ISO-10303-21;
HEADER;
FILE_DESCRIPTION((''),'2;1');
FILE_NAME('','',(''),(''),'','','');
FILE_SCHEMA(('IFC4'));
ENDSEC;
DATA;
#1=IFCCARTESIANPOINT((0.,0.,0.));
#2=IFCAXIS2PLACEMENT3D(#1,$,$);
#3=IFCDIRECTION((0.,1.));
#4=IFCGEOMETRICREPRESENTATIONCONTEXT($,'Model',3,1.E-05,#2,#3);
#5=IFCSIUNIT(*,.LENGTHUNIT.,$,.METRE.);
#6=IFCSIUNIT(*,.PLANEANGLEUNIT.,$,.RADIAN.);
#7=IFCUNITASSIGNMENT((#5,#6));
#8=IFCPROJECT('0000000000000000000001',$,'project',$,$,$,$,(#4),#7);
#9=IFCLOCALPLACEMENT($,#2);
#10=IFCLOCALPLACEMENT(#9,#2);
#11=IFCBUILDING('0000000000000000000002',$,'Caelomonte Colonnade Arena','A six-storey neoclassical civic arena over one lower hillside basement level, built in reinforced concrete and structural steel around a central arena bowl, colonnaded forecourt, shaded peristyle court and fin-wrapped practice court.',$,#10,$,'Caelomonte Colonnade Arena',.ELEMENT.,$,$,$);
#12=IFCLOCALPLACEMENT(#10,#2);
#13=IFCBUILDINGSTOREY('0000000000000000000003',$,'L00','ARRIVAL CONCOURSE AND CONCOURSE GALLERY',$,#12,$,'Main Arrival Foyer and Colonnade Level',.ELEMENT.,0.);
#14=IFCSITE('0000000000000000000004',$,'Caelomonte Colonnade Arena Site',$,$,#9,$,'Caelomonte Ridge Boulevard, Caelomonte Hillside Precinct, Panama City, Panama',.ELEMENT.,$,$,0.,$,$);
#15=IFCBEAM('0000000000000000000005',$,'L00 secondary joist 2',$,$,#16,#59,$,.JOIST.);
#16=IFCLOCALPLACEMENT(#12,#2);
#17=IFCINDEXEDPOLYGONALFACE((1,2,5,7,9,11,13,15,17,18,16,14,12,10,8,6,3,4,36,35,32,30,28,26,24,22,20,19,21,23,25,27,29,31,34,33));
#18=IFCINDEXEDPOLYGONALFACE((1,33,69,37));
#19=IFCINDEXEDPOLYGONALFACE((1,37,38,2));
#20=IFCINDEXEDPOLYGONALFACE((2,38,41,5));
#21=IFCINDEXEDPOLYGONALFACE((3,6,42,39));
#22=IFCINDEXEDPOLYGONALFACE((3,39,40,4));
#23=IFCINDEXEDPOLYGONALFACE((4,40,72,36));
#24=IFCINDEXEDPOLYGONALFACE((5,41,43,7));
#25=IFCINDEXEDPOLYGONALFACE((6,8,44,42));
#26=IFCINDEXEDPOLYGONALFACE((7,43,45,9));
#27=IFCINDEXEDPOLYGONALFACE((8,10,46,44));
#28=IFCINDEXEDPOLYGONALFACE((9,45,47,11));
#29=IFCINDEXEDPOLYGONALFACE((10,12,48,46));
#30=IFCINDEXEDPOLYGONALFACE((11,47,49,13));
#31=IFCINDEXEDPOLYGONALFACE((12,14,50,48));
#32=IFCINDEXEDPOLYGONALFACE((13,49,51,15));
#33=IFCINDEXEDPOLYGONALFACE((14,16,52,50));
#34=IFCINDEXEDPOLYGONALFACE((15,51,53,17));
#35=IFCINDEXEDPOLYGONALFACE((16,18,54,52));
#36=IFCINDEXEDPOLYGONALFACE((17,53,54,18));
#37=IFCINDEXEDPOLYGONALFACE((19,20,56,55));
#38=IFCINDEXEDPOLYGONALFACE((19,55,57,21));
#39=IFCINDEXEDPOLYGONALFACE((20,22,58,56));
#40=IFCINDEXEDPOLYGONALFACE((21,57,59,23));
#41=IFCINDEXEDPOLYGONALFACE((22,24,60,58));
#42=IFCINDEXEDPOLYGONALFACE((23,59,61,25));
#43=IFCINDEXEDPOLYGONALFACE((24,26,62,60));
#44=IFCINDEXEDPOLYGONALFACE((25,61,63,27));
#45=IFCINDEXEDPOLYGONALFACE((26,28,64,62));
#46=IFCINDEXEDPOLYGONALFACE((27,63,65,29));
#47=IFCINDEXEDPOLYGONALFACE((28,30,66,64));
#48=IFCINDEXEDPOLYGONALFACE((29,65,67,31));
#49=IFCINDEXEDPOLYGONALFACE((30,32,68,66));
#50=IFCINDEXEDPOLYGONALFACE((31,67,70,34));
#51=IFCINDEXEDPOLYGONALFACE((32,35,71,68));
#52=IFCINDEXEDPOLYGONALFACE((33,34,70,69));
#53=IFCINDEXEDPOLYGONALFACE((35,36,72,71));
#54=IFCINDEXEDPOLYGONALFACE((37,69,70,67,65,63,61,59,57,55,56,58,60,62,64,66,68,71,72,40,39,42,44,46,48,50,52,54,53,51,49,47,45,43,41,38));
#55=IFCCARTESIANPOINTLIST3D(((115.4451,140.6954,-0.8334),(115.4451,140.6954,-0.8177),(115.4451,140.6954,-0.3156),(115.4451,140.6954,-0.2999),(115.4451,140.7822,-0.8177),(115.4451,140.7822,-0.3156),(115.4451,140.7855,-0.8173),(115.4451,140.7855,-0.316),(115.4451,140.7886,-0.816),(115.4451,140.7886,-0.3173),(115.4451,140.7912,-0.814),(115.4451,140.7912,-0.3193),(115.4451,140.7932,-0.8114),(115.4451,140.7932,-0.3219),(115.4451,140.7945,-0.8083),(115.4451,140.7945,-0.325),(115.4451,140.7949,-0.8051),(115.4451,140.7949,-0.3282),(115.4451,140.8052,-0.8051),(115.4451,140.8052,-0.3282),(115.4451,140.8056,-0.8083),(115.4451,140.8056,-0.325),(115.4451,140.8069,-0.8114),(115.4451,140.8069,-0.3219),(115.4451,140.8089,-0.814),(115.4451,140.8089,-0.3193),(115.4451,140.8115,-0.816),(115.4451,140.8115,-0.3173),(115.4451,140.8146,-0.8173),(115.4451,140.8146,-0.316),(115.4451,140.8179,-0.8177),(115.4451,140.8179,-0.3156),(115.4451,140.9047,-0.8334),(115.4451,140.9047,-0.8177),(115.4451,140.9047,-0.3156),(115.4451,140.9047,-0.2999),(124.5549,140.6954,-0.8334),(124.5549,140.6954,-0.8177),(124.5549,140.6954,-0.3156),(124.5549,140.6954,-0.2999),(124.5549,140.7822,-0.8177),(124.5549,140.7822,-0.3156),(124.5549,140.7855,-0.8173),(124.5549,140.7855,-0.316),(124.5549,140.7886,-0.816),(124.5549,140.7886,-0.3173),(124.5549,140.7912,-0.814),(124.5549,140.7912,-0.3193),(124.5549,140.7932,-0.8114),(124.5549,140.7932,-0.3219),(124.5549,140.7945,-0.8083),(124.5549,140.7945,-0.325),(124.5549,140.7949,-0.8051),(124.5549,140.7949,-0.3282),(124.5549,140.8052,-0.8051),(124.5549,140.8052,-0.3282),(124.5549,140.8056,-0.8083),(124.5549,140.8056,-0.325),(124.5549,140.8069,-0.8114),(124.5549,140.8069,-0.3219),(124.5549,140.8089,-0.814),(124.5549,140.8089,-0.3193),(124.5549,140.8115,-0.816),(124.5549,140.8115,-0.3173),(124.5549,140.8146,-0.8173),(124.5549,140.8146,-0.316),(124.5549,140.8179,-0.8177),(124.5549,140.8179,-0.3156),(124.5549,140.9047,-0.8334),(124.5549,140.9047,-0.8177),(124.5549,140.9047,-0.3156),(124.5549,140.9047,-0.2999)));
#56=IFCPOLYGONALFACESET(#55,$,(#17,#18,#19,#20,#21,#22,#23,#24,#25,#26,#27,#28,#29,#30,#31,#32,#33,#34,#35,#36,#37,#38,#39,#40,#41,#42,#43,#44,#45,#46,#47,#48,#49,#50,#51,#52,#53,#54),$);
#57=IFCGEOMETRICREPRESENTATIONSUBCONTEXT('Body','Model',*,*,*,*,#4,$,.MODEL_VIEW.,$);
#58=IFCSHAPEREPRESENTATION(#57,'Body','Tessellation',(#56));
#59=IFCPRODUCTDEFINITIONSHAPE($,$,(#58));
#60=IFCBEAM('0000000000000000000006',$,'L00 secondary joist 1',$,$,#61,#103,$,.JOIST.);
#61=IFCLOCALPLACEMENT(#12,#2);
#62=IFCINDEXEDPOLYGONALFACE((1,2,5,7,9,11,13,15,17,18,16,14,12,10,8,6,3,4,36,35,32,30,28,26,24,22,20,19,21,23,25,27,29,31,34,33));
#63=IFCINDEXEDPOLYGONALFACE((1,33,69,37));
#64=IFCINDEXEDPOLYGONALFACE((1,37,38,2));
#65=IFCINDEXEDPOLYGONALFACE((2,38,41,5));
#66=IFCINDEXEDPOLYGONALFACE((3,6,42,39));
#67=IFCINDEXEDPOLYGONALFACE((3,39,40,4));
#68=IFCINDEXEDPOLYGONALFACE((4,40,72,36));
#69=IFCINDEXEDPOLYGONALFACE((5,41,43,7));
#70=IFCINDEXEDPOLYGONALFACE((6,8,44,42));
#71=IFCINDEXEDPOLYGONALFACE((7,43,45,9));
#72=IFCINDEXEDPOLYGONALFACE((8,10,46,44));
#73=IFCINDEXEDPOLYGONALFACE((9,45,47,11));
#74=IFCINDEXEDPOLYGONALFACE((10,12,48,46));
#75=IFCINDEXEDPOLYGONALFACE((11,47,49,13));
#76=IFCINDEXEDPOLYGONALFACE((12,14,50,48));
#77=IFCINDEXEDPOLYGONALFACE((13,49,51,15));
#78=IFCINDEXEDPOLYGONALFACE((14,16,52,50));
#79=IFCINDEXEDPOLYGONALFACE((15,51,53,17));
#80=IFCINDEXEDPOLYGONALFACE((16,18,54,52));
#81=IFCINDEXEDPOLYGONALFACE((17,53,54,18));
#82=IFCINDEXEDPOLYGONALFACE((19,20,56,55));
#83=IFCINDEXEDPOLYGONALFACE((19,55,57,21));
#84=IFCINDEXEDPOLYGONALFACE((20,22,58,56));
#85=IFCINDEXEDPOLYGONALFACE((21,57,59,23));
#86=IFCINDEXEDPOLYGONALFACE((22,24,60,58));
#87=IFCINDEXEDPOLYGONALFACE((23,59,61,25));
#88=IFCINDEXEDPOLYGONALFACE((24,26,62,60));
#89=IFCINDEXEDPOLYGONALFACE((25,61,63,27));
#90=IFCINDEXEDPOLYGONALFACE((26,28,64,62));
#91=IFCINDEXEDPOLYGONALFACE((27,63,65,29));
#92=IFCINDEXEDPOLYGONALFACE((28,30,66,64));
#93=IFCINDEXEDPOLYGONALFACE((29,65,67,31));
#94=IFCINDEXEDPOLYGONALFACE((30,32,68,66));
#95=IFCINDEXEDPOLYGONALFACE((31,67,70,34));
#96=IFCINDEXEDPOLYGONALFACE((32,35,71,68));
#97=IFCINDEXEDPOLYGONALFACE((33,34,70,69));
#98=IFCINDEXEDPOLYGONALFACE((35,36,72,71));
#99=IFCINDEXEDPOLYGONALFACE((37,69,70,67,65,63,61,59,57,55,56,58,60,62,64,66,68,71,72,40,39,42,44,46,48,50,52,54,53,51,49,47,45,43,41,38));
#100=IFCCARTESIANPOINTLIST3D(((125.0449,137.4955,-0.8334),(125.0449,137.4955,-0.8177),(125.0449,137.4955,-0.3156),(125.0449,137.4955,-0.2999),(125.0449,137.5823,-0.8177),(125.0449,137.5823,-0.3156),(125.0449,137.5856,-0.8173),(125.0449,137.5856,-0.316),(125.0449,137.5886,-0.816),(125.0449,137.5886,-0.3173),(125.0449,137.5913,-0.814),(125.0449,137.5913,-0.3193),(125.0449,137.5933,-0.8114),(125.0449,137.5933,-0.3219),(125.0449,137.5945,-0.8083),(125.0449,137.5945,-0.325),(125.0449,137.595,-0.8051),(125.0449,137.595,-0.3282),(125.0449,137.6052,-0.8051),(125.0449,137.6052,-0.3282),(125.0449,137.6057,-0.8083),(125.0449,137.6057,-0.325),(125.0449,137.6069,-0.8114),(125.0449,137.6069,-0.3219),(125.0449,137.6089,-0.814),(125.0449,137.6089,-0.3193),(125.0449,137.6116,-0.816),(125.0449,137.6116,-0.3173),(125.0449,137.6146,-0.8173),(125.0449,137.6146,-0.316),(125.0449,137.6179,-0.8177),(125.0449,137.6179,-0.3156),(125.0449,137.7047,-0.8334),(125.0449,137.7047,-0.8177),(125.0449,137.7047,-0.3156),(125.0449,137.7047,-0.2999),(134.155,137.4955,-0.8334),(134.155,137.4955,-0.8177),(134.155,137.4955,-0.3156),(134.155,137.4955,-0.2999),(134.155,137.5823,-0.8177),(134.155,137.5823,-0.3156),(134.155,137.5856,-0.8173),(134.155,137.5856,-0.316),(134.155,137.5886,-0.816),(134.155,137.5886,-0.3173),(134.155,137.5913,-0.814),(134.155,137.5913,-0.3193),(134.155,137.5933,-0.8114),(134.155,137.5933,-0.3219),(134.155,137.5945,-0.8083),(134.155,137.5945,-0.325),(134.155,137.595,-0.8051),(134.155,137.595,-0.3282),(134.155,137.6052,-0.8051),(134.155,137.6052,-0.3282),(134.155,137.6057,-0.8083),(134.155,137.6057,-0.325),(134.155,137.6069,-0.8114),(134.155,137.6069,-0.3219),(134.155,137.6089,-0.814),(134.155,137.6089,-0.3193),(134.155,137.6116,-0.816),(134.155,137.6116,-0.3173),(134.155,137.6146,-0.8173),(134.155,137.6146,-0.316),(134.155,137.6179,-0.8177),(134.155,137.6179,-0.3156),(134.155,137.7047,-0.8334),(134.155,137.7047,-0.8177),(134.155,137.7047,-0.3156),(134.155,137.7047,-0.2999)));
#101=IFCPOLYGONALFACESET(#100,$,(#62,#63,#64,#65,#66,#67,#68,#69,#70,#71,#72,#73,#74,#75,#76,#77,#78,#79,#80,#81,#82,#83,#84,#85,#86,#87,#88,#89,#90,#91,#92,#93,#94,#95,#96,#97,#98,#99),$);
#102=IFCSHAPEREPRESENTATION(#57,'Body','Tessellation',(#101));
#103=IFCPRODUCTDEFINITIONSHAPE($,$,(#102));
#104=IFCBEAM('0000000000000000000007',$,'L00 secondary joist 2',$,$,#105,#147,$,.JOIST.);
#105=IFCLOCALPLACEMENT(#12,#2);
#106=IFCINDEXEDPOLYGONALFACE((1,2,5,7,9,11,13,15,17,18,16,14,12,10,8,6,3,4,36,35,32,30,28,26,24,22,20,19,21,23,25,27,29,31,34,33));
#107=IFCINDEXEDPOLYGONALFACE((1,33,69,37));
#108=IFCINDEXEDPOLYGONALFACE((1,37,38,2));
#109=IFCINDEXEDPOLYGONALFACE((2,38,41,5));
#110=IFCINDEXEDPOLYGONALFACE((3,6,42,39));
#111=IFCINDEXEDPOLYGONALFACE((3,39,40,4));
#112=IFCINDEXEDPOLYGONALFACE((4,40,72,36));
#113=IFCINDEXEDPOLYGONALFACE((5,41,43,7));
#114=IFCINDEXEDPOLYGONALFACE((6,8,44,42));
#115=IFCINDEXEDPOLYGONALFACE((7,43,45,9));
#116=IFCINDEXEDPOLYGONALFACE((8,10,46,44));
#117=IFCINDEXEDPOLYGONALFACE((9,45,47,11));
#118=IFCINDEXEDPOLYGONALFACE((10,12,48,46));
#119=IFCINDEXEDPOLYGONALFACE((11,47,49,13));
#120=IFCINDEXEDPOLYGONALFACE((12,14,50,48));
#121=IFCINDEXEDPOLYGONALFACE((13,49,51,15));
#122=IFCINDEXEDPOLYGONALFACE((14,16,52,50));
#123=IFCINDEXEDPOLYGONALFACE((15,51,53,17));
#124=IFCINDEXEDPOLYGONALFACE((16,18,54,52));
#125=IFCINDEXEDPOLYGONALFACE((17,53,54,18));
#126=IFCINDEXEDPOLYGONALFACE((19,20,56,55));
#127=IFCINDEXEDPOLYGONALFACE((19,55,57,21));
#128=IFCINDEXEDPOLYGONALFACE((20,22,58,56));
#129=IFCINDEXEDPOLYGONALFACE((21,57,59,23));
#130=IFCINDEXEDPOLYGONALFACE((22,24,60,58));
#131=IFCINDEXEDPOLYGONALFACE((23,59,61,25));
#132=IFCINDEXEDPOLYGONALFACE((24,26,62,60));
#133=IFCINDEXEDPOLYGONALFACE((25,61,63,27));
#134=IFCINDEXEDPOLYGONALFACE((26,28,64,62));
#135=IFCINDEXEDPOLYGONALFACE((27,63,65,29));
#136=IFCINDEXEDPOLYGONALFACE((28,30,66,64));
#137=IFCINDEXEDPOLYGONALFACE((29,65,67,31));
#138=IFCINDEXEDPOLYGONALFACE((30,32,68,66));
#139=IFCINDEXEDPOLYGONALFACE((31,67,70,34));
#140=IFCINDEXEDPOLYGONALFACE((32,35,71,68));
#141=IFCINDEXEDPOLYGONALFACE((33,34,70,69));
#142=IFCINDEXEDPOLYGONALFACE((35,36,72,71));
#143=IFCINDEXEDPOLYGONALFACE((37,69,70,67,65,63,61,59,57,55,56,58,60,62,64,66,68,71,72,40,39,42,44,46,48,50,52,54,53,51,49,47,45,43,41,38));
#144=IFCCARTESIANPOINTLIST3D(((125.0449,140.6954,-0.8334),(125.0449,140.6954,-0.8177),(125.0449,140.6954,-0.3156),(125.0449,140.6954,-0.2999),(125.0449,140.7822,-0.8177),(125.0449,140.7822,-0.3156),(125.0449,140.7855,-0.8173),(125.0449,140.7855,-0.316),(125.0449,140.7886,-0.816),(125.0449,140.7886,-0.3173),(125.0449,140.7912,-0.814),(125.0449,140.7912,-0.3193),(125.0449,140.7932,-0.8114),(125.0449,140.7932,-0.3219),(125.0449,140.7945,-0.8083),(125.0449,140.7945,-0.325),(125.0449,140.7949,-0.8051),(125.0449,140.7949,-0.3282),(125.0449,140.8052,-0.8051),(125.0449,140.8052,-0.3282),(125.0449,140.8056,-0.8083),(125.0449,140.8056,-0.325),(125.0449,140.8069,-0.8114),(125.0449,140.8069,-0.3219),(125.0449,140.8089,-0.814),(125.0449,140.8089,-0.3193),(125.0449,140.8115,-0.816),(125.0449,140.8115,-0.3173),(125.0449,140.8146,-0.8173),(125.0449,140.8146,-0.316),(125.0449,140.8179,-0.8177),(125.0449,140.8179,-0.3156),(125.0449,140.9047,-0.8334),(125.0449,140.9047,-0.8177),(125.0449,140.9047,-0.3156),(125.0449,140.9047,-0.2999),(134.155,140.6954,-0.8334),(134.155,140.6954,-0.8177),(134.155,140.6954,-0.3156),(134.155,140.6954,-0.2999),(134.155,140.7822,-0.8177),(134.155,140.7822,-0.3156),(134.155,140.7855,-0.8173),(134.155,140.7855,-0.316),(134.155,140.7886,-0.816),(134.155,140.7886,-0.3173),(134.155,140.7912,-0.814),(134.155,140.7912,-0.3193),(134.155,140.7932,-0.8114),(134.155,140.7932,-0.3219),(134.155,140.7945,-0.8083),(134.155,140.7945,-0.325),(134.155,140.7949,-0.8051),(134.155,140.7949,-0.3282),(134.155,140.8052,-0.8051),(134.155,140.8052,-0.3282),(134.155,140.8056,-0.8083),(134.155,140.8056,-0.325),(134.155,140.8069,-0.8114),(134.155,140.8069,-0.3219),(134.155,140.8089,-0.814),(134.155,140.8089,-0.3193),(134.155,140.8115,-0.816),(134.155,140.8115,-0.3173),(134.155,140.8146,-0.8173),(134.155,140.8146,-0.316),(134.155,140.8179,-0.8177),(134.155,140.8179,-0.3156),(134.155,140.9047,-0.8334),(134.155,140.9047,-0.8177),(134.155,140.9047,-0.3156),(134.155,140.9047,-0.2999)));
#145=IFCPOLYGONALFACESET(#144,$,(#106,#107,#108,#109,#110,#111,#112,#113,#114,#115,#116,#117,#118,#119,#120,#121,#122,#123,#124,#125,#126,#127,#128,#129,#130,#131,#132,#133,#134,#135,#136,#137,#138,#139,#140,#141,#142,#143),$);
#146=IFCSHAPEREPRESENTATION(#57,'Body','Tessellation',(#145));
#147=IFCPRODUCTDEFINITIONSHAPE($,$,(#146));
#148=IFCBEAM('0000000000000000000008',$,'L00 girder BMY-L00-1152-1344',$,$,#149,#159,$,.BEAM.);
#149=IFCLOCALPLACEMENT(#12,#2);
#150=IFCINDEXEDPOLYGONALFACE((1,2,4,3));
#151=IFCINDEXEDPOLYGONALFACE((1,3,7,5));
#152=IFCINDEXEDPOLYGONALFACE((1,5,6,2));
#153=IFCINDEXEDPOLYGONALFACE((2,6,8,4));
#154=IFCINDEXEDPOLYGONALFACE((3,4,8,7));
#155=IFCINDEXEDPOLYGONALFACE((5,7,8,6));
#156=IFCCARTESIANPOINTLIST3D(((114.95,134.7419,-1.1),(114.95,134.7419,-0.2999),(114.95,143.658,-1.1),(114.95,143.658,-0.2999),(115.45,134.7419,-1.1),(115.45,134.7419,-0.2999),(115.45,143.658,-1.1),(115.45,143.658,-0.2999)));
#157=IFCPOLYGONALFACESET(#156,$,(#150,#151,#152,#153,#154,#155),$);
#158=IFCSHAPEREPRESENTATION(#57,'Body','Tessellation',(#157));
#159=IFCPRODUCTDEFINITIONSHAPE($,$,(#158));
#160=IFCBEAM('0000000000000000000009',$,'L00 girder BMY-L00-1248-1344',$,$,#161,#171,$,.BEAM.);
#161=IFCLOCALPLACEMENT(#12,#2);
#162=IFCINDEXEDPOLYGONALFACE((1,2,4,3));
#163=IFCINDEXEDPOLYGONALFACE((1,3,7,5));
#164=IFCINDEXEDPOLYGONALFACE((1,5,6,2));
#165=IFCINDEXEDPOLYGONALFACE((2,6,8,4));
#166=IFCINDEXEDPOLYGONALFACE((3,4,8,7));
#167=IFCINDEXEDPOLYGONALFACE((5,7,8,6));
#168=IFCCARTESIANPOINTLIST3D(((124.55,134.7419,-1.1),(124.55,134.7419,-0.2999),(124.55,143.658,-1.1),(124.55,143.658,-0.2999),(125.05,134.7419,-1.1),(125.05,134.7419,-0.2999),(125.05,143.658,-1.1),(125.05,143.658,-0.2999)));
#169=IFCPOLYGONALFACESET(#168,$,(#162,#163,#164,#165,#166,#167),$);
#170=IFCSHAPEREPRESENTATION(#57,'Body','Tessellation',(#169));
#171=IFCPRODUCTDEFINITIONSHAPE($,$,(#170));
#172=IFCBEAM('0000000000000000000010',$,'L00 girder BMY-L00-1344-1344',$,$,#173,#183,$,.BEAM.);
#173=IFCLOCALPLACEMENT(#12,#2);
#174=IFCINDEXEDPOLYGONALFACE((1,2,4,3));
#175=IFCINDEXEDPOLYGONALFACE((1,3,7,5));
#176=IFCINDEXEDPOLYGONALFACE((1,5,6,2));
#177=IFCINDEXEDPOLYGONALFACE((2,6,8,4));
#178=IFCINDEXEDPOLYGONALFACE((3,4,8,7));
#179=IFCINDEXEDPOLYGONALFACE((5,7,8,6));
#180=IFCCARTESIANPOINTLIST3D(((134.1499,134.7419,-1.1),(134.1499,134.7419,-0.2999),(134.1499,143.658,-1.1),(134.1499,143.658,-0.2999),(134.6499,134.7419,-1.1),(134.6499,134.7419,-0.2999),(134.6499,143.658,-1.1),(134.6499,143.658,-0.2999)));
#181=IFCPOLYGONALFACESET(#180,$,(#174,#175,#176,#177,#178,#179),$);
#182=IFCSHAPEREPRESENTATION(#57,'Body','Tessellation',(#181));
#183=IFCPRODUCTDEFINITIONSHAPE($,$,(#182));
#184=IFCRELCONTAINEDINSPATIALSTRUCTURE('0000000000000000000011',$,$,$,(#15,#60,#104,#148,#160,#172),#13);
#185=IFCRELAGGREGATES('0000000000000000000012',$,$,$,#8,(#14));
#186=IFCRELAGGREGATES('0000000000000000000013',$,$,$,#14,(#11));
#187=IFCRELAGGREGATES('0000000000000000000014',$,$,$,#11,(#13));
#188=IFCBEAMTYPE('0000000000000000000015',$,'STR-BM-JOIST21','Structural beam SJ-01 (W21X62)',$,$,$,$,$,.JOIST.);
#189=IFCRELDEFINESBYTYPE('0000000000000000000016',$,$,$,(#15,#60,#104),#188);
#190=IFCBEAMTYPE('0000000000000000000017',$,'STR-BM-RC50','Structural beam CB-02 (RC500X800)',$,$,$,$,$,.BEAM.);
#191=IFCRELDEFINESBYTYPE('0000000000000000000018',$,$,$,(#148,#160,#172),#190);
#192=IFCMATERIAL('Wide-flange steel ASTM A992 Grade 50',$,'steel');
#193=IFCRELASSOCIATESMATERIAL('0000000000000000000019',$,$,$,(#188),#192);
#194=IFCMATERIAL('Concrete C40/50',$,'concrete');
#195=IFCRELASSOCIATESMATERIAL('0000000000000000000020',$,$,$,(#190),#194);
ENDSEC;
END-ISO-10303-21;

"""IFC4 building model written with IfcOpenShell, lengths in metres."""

from ifc_helpers import new_model, si_unit, direction, frame, origin, origin_2d, place, context, subcontext, project, spatial, rectangle, i_section, extrude, material, material_profile, profile_set, type_object, element, save


model = new_model("IFC4")

# Units and contexts
model_context = context("Model", 3, precision=1e-05, world=origin(), true_north=direction((0.0, 1.0)))
body_context = subcontext(model_context, "Body", "Model", "MODEL_VIEW")
ifc_project = project(units=[si_unit("LENGTHUNIT", "METRE"), si_unit("PLANEANGLEUNIT", "RADIAN")], contexts=[model_context])

# Site, building, storey
site_placement = place(None, origin())
site = spatial("IfcSite", under=ifc_project, at=site_placement, Name="Caelomonte Colonnade Arena Site", LongName="Caelomonte Ridge Boulevard, Caelomonte Hillside Precinct, Panama City, Panama", CompositionType="ELEMENT", RefElevation=0.0)
building_placement = place(site_placement, origin())
building = spatial("IfcBuilding", under=site, at=building_placement, Name="Caelomonte Colonnade Arena", Description="A six-storey neoclassical civic arena over one lower hillside basement level, built in reinforced concrete and structural steel around a central arena bowl, colonnaded forecourt, shaded peristyle court and fin-wrapped practice court.", LongName="Caelomonte Colonnade Arena", CompositionType="ELEMENT")
storey_placement = place(building_placement, origin())
storey = spatial("IfcBuildingStorey", under=building, at=storey_placement, Name="L00", Description="ARRIVAL CONCOURSE AND CONCOURSE GALLERY", LongName="Main Arrival Foyer and Colonnade Level", CompositionType="ELEMENT", Elevation=0.0)

# Shared definitions
ifc_material_1 = material(Name="Concrete C40/50", Category="concrete")

# Beams
ifc_material_2 = material(Name="Wide-flange steel ASTM A992 Grade 50", Category="steel")
ifc_material_profile_1 = material_profile(ifc_material_2, i_section(OverallWidth=0.2092, OverallDepth=0.5334, WebThickness=0.0103, FlangeThickness=0.0156, FilletRadius=0.0127, at=origin_2d()), Name="W21X62")
ifc_profile_set_1 = profile_set([ifc_material_profile_1], Name="Wide-flange steel ASTM A992 Grade 50")
beam_type_1 = type_object("IfcBeamType", Name="STR-BM-JOIST21", Description="Structural beam SJ-01 (W21X62)", PredefinedType="JOIST", material=ifc_profile_set_1)
for number, where, z_axis, x_axis, name in (
    (1, (115.4451, 140.8, -0.5667), (1.0, 0.0, 0.0), (0.0, 1.0, 0.0), "L00 secondary joist 2"),
):
    element("IfcBeam", number, at=place(storey_placement, frame(where, z_axis=z_axis, x_axis=x_axis)), inside=storey, type_object=beam_type_1, Name=name, PredefinedType="JOIST", context=body_context, shape_type="SweptSolid", body=[
        extrude(i_section(OverallWidth=0.2092, OverallDepth=0.5334, WebThickness=0.0103, FlangeThickness=0.0156, FilletRadius=0.0127, at=origin_2d()), origin(), (0.0, 0.0, 1.0), 9.1099),
    ])
for number, where, z_axis, x_axis, name in (
    (2, (125.0449, 137.6001, -0.5667), (1.0, 0.0, 0.0), (0.0, 1.0, 0.0), "L00 secondary joist 1"),
    (3, (125.0449, 140.8, -0.5667), (1.0, 0.0, 0.0), (0.0, 1.0, 0.0), "L00 secondary joist 2"),
):
    element("IfcBeam", number, at=place(storey_placement, frame(where, z_axis=z_axis, x_axis=x_axis)), inside=storey, type_object=beam_type_1, Name=name, PredefinedType="JOIST", context=body_context, shape_type="SweptSolid", body=[
        extrude(i_section(OverallWidth=0.2092, OverallDepth=0.5334, WebThickness=0.0103, FlangeThickness=0.0156, FilletRadius=0.0127, at=origin_2d()), origin(), (0.0, 0.0, 1.0), 9.1101),
    ])
ifc_material_profile_2 = material_profile(ifc_material_1, rectangle(XDim=0.5, YDim=0.8, at=origin_2d()), Name="RC500X800")
ifc_profile_set_2 = profile_set([ifc_material_profile_2], Name="Concrete C40/50")
beam_type_2 = type_object("IfcBeamType", Name="STR-BM-RC50", Description="Structural beam CB-02 (RC500X800)", PredefinedType="BEAM", material=ifc_profile_set_2)
for number, where, z_axis, x_axis, name in (
    (4, (115.2, 134.7419, -0.7), (0.0, 1.0, 0.0), (-1.0, 0.0, 0.0), "L00 girder BMY-L00-1152-1344"),
    (5, (124.8, 134.7419, -0.7), (0.0, 1.0, 0.0), (-1.0, 0.0, 0.0), "L00 girder BMY-L00-1248-1344"),
    (6, (134.3999, 134.7419, -0.7), (0.0, 1.0, 0.0), (-1.0, 0.0, 0.0), "L00 girder BMY-L00-1344-1344"),
):
    element("IfcBeam", number, at=place(storey_placement, frame(where, z_axis=z_axis, x_axis=x_axis)), inside=storey, type_object=beam_type_2, Name=name, PredefinedType="BEAM", context=body_context, shape_type="SweptSolid", body=[
        extrude(rectangle(XDim=0.5, YDim=0.8, at=origin_2d()), origin(), (0.0, 0.0, 1.0), 8.916),
    ])

save(model, "model.ifc")
